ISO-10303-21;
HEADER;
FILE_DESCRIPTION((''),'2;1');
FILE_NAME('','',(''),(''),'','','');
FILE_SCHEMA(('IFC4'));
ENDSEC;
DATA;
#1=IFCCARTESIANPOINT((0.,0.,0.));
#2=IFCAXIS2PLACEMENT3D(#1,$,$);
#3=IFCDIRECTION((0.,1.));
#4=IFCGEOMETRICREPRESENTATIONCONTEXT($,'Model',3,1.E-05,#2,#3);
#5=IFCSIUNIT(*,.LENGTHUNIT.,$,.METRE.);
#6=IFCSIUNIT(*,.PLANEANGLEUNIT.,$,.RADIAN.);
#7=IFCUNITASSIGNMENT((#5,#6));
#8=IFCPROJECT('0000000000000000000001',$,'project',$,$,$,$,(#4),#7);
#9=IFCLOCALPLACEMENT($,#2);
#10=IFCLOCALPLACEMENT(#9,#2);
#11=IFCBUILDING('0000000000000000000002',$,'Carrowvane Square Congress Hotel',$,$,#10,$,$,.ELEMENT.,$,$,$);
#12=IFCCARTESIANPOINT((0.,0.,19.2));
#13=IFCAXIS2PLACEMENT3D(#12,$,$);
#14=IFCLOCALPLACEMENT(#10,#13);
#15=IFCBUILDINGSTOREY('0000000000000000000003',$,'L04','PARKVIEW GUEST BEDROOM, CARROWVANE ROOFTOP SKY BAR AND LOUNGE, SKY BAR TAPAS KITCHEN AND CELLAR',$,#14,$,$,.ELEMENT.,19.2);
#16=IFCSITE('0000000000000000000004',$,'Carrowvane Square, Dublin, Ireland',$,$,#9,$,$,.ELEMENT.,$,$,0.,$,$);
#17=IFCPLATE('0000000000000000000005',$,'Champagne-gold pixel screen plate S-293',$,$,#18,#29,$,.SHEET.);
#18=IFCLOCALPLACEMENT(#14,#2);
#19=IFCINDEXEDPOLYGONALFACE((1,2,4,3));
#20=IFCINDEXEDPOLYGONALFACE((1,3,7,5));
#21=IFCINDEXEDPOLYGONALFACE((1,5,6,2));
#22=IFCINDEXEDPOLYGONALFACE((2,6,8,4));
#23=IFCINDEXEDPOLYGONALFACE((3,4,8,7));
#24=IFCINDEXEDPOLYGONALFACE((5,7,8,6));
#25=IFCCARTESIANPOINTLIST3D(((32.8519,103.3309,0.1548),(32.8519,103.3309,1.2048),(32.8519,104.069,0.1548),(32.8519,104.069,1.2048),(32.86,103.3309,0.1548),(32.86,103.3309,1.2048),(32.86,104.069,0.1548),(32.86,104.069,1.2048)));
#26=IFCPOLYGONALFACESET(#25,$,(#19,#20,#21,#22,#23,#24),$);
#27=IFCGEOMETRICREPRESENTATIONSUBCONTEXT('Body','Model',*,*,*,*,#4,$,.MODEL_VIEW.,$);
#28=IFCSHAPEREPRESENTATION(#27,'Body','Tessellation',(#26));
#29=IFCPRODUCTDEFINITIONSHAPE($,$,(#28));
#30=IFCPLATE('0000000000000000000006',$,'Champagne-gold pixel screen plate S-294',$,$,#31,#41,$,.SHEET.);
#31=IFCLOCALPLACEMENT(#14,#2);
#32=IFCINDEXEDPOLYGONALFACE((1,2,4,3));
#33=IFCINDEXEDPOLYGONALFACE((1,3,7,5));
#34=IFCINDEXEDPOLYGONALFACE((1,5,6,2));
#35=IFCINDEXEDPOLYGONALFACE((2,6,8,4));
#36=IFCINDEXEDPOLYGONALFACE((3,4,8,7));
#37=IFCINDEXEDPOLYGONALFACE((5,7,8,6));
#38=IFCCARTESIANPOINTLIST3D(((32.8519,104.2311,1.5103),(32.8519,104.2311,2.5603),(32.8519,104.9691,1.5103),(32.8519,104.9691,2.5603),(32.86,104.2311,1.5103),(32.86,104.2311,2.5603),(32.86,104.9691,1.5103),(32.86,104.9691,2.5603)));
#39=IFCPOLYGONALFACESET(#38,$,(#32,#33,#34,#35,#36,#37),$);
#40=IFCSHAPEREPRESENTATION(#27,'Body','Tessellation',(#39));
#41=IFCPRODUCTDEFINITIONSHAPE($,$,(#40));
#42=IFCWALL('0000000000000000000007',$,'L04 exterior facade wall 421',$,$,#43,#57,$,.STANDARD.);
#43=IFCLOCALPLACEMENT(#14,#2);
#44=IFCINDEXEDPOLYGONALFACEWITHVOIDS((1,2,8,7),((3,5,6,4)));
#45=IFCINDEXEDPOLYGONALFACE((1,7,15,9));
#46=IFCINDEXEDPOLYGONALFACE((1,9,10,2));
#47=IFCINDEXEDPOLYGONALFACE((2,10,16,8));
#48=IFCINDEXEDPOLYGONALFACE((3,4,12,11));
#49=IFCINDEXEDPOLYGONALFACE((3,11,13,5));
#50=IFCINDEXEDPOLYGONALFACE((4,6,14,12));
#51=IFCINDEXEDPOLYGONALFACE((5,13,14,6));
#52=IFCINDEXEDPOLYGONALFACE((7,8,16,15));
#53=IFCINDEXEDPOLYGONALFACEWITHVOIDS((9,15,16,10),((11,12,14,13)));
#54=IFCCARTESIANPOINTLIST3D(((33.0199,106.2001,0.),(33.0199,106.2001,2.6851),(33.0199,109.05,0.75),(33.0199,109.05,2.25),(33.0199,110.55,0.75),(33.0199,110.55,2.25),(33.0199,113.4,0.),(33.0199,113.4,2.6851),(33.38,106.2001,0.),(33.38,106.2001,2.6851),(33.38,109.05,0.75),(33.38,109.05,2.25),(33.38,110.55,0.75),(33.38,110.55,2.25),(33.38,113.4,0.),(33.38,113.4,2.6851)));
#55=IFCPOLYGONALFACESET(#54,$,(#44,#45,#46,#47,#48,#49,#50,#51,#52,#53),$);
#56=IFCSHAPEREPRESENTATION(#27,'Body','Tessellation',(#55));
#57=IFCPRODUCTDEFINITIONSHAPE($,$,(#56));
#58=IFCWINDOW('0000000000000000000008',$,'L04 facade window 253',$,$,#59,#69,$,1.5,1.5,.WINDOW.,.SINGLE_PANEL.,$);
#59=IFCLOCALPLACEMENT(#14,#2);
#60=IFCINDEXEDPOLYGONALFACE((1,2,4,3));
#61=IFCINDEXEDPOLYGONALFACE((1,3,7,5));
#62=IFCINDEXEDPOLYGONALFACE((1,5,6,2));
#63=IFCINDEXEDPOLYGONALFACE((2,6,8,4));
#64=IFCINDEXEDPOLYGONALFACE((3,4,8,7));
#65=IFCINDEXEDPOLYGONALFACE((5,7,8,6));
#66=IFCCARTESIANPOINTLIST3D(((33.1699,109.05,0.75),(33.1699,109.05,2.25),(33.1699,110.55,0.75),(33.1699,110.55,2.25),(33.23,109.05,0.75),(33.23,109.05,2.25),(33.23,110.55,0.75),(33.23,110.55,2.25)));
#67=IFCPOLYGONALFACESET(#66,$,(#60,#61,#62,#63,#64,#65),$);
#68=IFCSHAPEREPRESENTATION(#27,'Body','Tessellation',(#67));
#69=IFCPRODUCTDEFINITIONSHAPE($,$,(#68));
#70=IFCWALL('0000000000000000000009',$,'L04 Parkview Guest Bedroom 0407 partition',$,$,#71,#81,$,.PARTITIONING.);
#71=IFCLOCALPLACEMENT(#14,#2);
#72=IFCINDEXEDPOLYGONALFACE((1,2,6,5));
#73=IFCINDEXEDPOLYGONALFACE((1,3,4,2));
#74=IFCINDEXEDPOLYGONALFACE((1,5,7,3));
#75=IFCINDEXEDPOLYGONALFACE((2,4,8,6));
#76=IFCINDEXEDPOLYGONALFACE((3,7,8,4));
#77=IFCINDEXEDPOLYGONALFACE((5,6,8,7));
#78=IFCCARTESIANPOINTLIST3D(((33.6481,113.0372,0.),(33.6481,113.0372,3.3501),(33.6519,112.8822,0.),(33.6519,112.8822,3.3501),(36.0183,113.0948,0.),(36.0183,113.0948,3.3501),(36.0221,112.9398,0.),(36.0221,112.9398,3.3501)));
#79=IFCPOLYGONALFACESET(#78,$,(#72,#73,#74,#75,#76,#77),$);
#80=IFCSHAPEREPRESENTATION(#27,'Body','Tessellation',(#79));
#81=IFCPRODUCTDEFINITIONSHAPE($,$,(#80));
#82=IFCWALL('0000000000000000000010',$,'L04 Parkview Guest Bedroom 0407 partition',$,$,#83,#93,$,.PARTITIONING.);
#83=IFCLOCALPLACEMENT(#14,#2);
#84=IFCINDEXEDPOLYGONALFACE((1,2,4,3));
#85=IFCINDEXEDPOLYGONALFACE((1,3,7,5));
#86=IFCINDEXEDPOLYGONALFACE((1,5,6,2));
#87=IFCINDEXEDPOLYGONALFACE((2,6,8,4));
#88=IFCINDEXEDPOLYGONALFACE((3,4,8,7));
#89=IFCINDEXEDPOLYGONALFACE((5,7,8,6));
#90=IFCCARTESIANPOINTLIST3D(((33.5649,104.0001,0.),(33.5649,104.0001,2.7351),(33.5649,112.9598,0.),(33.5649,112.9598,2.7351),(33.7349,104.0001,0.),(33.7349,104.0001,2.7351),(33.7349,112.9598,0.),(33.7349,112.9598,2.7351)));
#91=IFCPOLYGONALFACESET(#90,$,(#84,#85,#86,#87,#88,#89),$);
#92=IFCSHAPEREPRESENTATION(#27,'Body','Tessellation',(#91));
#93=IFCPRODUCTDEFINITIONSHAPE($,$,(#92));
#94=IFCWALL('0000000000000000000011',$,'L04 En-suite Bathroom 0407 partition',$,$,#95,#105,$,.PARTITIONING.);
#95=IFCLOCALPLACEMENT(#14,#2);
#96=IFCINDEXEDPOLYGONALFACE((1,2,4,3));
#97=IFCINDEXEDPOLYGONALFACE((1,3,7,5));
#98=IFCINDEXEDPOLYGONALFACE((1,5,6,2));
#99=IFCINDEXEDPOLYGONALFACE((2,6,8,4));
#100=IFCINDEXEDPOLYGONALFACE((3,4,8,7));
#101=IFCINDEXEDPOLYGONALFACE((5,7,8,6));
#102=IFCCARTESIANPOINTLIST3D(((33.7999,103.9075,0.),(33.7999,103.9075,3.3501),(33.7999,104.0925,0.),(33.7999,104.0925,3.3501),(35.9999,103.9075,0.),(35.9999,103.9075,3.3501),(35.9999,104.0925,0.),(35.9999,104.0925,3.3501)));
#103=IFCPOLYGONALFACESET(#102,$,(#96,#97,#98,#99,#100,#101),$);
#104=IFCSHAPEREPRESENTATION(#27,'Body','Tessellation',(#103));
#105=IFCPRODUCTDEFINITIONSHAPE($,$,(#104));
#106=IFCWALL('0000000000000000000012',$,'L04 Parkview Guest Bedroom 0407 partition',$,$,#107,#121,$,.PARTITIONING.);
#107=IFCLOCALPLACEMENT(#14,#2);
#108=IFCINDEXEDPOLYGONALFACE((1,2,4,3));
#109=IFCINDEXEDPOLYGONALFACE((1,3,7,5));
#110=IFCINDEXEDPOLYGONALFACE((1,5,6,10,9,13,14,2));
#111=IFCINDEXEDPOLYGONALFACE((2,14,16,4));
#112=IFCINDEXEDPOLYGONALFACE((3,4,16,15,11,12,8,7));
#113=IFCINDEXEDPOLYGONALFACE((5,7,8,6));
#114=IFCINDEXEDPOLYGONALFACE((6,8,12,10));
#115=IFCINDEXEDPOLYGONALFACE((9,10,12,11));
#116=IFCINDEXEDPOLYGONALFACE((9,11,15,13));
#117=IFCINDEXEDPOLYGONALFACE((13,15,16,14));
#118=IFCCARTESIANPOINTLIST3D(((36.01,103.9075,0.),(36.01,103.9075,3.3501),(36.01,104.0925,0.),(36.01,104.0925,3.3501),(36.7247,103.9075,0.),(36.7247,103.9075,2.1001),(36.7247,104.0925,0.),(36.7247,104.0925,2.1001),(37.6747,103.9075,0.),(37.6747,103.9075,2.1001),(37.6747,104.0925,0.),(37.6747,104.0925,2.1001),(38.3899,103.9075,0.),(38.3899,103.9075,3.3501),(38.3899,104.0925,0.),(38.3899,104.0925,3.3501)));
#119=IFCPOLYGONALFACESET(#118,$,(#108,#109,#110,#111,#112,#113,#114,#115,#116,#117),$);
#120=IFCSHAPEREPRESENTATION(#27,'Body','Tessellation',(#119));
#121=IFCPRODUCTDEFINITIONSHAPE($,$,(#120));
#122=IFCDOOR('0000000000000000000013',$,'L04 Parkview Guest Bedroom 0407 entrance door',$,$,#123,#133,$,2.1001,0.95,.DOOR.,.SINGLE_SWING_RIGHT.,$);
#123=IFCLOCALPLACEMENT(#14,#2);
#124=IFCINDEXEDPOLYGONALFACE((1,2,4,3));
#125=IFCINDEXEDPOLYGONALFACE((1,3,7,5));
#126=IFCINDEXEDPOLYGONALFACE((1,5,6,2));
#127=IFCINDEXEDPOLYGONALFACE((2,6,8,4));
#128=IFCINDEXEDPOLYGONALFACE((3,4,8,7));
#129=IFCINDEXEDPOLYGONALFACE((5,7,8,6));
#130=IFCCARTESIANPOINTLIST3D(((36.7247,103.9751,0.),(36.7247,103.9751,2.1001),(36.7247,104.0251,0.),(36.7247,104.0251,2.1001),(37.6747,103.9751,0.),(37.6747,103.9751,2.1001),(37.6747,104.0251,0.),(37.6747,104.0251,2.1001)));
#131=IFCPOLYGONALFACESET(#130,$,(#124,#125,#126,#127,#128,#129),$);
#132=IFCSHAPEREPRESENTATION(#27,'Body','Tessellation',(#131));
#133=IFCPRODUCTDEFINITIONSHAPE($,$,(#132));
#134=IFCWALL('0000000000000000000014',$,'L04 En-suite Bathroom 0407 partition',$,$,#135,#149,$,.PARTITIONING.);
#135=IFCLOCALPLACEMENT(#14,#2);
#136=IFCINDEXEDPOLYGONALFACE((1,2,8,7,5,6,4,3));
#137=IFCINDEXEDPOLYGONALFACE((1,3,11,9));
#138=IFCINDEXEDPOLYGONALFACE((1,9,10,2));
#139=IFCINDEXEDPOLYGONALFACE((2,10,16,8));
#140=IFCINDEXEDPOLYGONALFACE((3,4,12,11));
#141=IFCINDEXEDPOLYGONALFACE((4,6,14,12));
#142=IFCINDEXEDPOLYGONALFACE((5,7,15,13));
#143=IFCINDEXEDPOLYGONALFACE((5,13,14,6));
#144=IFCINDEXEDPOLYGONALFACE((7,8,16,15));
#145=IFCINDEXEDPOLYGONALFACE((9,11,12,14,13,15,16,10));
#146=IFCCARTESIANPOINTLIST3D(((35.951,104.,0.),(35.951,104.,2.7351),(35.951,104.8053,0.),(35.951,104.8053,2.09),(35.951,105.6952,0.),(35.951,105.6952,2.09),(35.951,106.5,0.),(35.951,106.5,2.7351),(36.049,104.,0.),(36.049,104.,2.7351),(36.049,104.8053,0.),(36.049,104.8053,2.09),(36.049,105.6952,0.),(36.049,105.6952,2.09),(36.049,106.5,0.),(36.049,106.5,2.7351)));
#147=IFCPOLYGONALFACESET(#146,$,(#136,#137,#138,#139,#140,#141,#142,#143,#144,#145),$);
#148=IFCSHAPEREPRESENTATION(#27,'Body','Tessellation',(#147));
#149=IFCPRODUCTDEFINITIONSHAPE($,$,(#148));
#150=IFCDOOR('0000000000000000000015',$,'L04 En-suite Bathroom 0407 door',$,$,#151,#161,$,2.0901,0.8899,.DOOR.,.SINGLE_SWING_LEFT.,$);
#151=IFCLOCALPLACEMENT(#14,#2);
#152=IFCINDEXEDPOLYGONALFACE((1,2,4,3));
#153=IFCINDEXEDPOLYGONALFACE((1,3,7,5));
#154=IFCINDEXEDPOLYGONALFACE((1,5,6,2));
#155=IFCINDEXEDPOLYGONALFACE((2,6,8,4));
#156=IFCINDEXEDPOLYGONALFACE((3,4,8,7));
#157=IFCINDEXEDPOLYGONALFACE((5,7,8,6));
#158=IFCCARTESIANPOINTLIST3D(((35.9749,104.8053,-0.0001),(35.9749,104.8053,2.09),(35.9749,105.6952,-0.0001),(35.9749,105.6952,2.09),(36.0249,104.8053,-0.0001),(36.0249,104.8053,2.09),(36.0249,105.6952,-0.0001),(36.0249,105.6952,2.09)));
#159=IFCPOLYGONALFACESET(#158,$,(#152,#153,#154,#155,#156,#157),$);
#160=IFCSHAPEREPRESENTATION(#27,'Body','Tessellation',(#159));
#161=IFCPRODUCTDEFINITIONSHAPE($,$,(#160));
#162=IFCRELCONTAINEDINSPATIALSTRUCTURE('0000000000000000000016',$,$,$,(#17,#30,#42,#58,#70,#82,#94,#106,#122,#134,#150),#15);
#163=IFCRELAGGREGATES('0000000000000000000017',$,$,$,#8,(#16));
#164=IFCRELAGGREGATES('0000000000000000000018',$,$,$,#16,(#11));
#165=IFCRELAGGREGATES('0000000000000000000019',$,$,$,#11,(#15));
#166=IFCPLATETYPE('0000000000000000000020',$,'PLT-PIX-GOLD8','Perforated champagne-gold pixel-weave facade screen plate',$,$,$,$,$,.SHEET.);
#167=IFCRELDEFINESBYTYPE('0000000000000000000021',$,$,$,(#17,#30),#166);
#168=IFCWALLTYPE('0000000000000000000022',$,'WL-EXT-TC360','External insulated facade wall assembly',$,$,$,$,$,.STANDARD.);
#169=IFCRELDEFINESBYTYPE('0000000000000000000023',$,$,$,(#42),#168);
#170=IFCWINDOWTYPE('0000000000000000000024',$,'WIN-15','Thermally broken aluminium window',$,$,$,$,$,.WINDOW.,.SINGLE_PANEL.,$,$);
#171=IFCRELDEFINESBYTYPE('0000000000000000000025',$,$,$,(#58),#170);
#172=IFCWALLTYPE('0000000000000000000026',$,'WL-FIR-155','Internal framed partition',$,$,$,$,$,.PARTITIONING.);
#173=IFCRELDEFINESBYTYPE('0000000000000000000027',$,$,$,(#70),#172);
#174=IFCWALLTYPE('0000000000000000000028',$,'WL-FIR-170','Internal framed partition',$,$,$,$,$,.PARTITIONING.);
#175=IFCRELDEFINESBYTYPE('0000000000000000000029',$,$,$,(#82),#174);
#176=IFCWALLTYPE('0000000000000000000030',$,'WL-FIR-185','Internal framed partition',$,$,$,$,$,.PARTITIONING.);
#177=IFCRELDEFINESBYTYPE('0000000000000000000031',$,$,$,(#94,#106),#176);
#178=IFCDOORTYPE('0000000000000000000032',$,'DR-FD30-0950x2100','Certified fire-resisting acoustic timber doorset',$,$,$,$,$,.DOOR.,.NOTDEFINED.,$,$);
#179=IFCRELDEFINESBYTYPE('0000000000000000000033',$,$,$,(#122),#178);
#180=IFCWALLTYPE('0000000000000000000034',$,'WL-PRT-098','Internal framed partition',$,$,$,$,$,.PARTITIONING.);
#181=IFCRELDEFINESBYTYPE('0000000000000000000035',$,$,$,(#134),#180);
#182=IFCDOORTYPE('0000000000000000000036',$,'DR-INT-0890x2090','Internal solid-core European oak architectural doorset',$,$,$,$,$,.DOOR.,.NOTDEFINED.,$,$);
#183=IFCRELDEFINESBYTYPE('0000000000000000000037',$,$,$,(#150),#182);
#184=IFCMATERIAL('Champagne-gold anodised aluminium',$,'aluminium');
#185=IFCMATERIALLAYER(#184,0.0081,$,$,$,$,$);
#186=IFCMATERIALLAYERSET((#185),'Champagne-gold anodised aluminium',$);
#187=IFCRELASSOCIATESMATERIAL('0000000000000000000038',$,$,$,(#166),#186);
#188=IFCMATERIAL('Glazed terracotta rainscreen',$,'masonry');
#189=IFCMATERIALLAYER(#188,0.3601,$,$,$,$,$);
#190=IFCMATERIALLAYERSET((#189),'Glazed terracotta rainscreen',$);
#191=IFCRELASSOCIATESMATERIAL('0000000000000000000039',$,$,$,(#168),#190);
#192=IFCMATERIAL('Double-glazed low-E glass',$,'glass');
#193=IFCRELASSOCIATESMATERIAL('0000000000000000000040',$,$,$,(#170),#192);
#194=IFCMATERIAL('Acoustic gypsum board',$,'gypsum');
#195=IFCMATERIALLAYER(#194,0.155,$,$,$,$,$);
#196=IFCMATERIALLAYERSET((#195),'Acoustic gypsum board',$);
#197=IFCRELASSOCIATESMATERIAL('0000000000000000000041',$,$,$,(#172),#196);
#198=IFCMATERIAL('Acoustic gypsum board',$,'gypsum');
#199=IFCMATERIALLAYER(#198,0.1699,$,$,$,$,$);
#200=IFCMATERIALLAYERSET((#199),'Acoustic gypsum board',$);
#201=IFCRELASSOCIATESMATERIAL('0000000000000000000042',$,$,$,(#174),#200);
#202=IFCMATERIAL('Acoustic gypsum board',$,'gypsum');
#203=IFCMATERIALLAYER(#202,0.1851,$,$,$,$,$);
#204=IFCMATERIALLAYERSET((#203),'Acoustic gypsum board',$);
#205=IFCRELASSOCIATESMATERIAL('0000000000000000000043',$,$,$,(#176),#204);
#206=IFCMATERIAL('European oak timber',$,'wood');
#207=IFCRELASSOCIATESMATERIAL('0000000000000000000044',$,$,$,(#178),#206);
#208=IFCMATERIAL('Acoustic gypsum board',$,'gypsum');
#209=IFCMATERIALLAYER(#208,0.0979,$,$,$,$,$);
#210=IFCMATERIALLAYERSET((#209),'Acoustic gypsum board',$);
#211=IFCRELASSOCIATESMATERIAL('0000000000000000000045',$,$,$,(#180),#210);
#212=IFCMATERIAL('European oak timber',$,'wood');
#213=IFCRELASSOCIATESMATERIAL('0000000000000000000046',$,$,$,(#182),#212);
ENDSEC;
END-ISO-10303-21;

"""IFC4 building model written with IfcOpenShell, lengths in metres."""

from ifc_helpers import new_model, si_unit, direction, frame, frame_2d, origin, origin_2d, place, context, subcontext, project, spatial, rectangle, extrude, material, layer, layer_set, type_object, element, fill, save


model = new_model("IFC4")

# Units and contexts
model_context = context("Model", 3, precision=1e-05, world=origin(), true_north=direction((0.0, 1.0)))
body_context = subcontext(model_context, "Body", "Model", "MODEL_VIEW")
ifc_project = project(units=[si_unit("LENGTHUNIT", "METRE"), si_unit("PLANEANGLEUNIT", "RADIAN")], contexts=[model_context])

# Site, building, storey
site_placement = place(None, origin())
site = spatial("IfcSite", under=ifc_project, at=site_placement, Name="Carrowvane Square, Dublin, Ireland", CompositionType="ELEMENT", RefElevation=0.0)
building_placement = place(site_placement, origin())
building = spatial("IfcBuilding", under=site, at=building_placement, Name="Carrowvane Square Congress Hotel", CompositionType="ELEMENT")
storey_placement = place(building_placement, frame((0.0, 0.0, 19.2)))
storey = spatial("IfcBuildingStorey", under=building, at=storey_placement, Name="L04", Description="PARKVIEW GUEST BEDROOM, CARROWVANE ROOFTOP SKY BAR AND LOUNGE, SKY BAR TAPAS KITCHEN AND CELLAR", CompositionType="ELEMENT", Elevation=19.2)

# Plates
ifc_material_1 = material(Name="Champagne-gold anodised aluminium", Category="aluminium")
ifc_layer_1 = layer(ifc_material_1, 0.0081)
ifc_layer_set_1 = layer_set([ifc_layer_1], Name="Champagne-gold anodised aluminium")
plate_type_1 = type_object("IfcPlateType", Name="PLT-PIX-GOLD8", Description="Perforated champagne-gold pixel-weave facade screen plate", PredefinedType="SHEET", material=ifc_layer_set_1)
for number, where, z_axis, x_axis, name in (
    (1, (32.856, 103.7, 0.1548), (0.0, 0.0, 1.0), (0.0, 1.0, 0.0), "Champagne-gold pixel screen plate S-293"),
    (2, (32.856, 104.6001, 1.5103), (0.0, 0.0, 1.0), (0.0, 1.0, 0.0), "Champagne-gold pixel screen plate S-294"),
):
    element("IfcPlate", number, at=place(storey_placement, frame(where, z_axis=z_axis, x_axis=x_axis)), inside=storey, type_object=plate_type_1, Name=name, PredefinedType="SHEET", context=body_context, shape_type="SweptSolid", body=[
        extrude(rectangle(XDim=0.738, YDim=0.0081, at=origin_2d()), origin(), (0.0, 0.0, 1.0), 1.05),
    ])

# Wall, opening, window
ifc_material_2 = material(Name="Glazed terracotta rainscreen", Category="masonry")
ifc_layer_2 = layer(ifc_material_2, 0.3601)
ifc_layer_set_2 = layer_set([ifc_layer_2], Name="Glazed terracotta rainscreen")
wall_type_1 = type_object("IfcWallType", Name="WL-EXT-TC360", Description="External insulated facade wall assembly", PredefinedType="STANDARD", material=ifc_layer_set_2)
wall_1_placement = place(storey_placement, frame((33.2, 106.2, 0.0), z_axis=(0.0, 0.0, 1.0), x_axis=(0.0, 1.0, 0.0)))
wall_1 = element("IfcWall", 3, at=wall_1_placement, inside=storey, type_object=wall_type_1, Name="L04 exterior facade wall 421", PredefinedType="STANDARD", context=body_context, shape_type="SweptSolid", body=[
    extrude(rectangle(XDim=7.2, YDim=0.3601, at=frame_2d((3.6001, 0.0))), origin(), (0.0, 0.0, 1.0), 2.6851),
])
opening_1_placement = place(wall_1_placement, frame((2.8501, 0.0, 0.75)))
opening_1 = element("IfcOpeningElement", 4, at=opening_1_placement, cuts=wall_1, PredefinedType="OPENING", context=body_context, shape_type="SweptSolid", body=[
    extrude(rectangle(XDim=1.5, YDim=1.5, at=frame_2d((0.75, 0.75))), frame((0.0, 0.1899, 0.0), z_axis=(0.0, -1.0, 0.0), x_axis=(1.0, 0.0, 0.0)), (0.0, 0.0, 1.0), 0.3801),
])
ifc_material_3 = material(Name="Double-glazed low-E glass", Category="glass")
window_type = type_object("IfcWindowType", Name="WIN-15", Description="Thermally broken aluminium window", PartitioningType="SINGLE_PANEL", PredefinedType="WINDOW", material=ifc_material_3)
window_placement = place(opening_1_placement, origin())
window = element("IfcWindow", 5, at=window_placement, inside=storey, type_object=window_type, Name="L04 facade window 253", OverallHeight=1.5, OverallWidth=1.5, PartitioningType="SINGLE_PANEL", PredefinedType="WINDOW", context=body_context, shape_type="SweptSolid", body=[
    extrude(rectangle(XDim=1.5, YDim=1.5, at=frame_2d((0.75, 0.75))), frame((0.0, 0.03, 0.0), z_axis=(0.0, -1.0, 0.0), x_axis=(1.0, 0.0, 0.0)), (0.0, 0.0, 1.0), 0.0601),
])
fill(opening_1, window)

# Walls
ifc_material_4 = material(Name="Acoustic gypsum board", Category="gypsum")
ifc_layer_3 = layer(ifc_material_4, 0.155)
ifc_layer_set_3 = layer_set([ifc_layer_3], Name="Acoustic gypsum board")
wall_type_2 = type_object("IfcWallType", Name="WL-FIR-155", Description="Internal framed partition", PredefinedType="PARTITIONING", material=ifc_layer_set_3)
wall_2_placement = place(storey_placement, frame((33.6499, 112.9597, 0.0), z_axis=(0.0, 0.0, 1.0), x_axis=(0.999705, 0.024303, 0.0)))
element("IfcWall", 6, at=wall_2_placement, inside=storey, type_object=wall_type_2, Name="L04 Parkview Guest Bedroom 0407 partition", PredefinedType="PARTITIONING", context=body_context, shape_type="SweptSolid", body=[
    extrude(rectangle(XDim=2.3708, YDim=0.155, at=frame_2d((1.1855, 0.0))), origin(), (0.0, 0.0, 1.0), 3.3501),
])
ifc_material_5 = material(Name="Acoustic gypsum board", Category="gypsum")
ifc_layer_4 = layer(ifc_material_5, 0.1699)
ifc_layer_set_4 = layer_set([ifc_layer_4], Name="Acoustic gypsum board")
wall_type_3 = type_object("IfcWallType", Name="WL-FIR-170", Description="Internal framed partition", PredefinedType="PARTITIONING", material=ifc_layer_set_4)
wall_3_placement = place(storey_placement, frame((33.6499, 104.0, 0.0), z_axis=(0.0, 0.0, 1.0), x_axis=(0.0, 1.0, 0.0)))
element("IfcWall", 7, at=wall_3_placement, inside=storey, type_object=wall_type_3, Name="L04 Parkview Guest Bedroom 0407 partition", PredefinedType="PARTITIONING", context=body_context, shape_type="SweptSolid", body=[
    extrude(rectangle(XDim=8.9597, YDim=0.1699, at=frame_2d((4.48, 0.0))), origin(), (0.0, 0.0, 1.0), 2.7351),
])
ifc_material_6 = material(Name="Acoustic gypsum board", Category="gypsum")
ifc_layer_5 = layer(ifc_material_6, 0.1851)
ifc_layer_set_5 = layer_set([ifc_layer_5], Name="Acoustic gypsum board")
wall_type_4 = type_object("IfcWallType", Name="WL-FIR-185", Description="Internal framed partition", PredefinedType="PARTITIONING", material=ifc_layer_set_5)
wall_4_placement = place(storey_placement, frame((36.0, 104.0, 0.0), z_axis=(0.0, 0.0, 1.0), x_axis=(-1.0, 0.0, 0.0)))
element("IfcWall", 8, at=wall_4_placement, inside=storey, type_object=wall_type_4, Name="L04 En-suite Bathroom 0407 partition", PredefinedType="PARTITIONING", context=body_context, shape_type="SweptSolid", body=[
    extrude(rectangle(XDim=2.2, YDim=0.1851, at=frame_2d((1.1001, 0.0))), origin(), (0.0, 0.0, 1.0), 3.3501),
])

# Walls, openings, doors
wall_5_placement = place(storey_placement, frame((38.3899, 104.0, 0.0), z_axis=(0.0, 0.0, 1.0), x_axis=(-1.0, 0.0, 0.0)))
wall_5 = element("IfcWall", 9, at=wall_5_placement, inside=storey, type_object=wall_type_4, Name="L04 Parkview Guest Bedroom 0407 partition", PredefinedType="PARTITIONING", context=body_context, shape_type="SweptSolid", body=[
    extrude(rectangle(XDim=2.3799, YDim=0.1851, at=frame_2d((1.1899, 0.0))), origin(), (0.0, 0.0, 1.0), 3.3501),
])
opening_2_placement = place(wall_5_placement, frame((0.7151, 0.0, 0.0)))
opening_2 = element("IfcOpeningElement", 10, at=opening_2_placement, cuts=wall_5, PredefinedType="OPENING", context=body_context, shape_type="SweptSolid", body=[
    extrude(rectangle(XDim=0.95, YDim=2.1001, at=frame_2d((0.4751, 1.05))), frame((0.0, 0.1025, 0.0), z_axis=(0.0, -1.0, 0.0), x_axis=(1.0, 0.0, 0.0)), (0.0, 0.0, 1.0), 0.2051),
])
ifc_material_7 = material(Name="European oak timber", Category="wood")
door_type_1 = type_object("IfcDoorType", Name="DR-FD30-0950x2100", Description="Certified fire-resisting acoustic timber doorset", OperationType="NOTDEFINED", PredefinedType="DOOR", material=ifc_material_7)
door_1_placement = place(opening_2_placement, origin())
door_1 = element("IfcDoor", 11, at=door_1_placement, inside=storey, type_object=door_type_1, Name="L04 Parkview Guest Bedroom 0407 entrance door", OperationType="SINGLE_SWING_RIGHT", OverallHeight=2.1001, OverallWidth=0.95, PredefinedType="DOOR", context=body_context, shape_type="SweptSolid", body=[
    extrude(rectangle(XDim=0.95, YDim=2.1001, at=frame_2d((0.4751, 1.05))), frame((0.0, 0.0249, 0.0), z_axis=(0.0, -1.0, 0.0), x_axis=(1.0, 0.0, 0.0)), (0.0, 0.0, 1.0), 0.05),
])
fill(opening_2, door_1)
ifc_material_8 = material(Name="Acoustic gypsum board", Category="gypsum")
ifc_layer_6 = layer(ifc_material_8, 0.0979)
ifc_layer_set_6 = layer_set([ifc_layer_6], Name="Acoustic gypsum board")
wall_type_5 = type_object("IfcWallType", Name="WL-PRT-098", Description="Internal framed partition", PredefinedType="PARTITIONING", material=ifc_layer_set_6)
wall_6_placement = place(storey_placement, frame((36.0, 106.5, 0.0), z_axis=(0.0, 0.0, 1.0), x_axis=(0.0, -1.0, 0.0)))
wall_6 = element("IfcWall", 12, at=wall_6_placement, inside=storey, type_object=wall_type_5, Name="L04 En-suite Bathroom 0407 partition", PredefinedType="PARTITIONING", context=body_context, shape_type="SweptSolid", body=[
    extrude(rectangle(XDim=2.5, YDim=0.0979, at=frame_2d((1.25, 0.0))), origin(), (0.0, 0.0, 1.0), 2.7351),
])
opening_3_placement = place(wall_6_placement, frame((0.8049, 0.0, 0.0)))
opening_3 = element("IfcOpeningElement", 13, at=opening_3_placement, cuts=wall_6, PredefinedType="OPENING", context=body_context, shape_type="SweptSolid", body=[
    extrude(rectangle(XDim=0.8899, YDim=2.0901, at=frame_2d((0.4448, 1.0449))), frame((0.0, 0.0588, 0.0), z_axis=(0.0, -1.0, 0.0), x_axis=(1.0, 0.0, 0.0)), (0.0, 0.0, 1.0), 0.1179),
])
ifc_material_9 = material(Name="European oak timber", Category="wood")
door_type_2 = type_object("IfcDoorType", Name="DR-INT-0890x2090", Description="Internal solid-core European oak architectural doorset", OperationType="NOTDEFINED", PredefinedType="DOOR", material=ifc_material_9)
door_2_placement = place(opening_3_placement, origin())
door_2 = element("IfcDoor", 14, at=door_2_placement, inside=storey, type_object=door_type_2, Name="L04 En-suite Bathroom 0407 door", OperationType="SINGLE_SWING_LEFT", OverallHeight=2.0901, OverallWidth=0.8899, PredefinedType="DOOR", context=body_context, shape_type="SweptSolid", body=[
    extrude(rectangle(XDim=0.8899, YDim=2.0901, at=frame_2d((0.4448, 1.0449))), frame((0.0, 0.0249, 0.0), z_axis=(0.0, -1.0, 0.0), x_axis=(1.0, 0.0, 0.0)), (0.0, 0.0, 1.0), 0.05),
])
fill(opening_3, door_2)

save(model, "model.ifc")
